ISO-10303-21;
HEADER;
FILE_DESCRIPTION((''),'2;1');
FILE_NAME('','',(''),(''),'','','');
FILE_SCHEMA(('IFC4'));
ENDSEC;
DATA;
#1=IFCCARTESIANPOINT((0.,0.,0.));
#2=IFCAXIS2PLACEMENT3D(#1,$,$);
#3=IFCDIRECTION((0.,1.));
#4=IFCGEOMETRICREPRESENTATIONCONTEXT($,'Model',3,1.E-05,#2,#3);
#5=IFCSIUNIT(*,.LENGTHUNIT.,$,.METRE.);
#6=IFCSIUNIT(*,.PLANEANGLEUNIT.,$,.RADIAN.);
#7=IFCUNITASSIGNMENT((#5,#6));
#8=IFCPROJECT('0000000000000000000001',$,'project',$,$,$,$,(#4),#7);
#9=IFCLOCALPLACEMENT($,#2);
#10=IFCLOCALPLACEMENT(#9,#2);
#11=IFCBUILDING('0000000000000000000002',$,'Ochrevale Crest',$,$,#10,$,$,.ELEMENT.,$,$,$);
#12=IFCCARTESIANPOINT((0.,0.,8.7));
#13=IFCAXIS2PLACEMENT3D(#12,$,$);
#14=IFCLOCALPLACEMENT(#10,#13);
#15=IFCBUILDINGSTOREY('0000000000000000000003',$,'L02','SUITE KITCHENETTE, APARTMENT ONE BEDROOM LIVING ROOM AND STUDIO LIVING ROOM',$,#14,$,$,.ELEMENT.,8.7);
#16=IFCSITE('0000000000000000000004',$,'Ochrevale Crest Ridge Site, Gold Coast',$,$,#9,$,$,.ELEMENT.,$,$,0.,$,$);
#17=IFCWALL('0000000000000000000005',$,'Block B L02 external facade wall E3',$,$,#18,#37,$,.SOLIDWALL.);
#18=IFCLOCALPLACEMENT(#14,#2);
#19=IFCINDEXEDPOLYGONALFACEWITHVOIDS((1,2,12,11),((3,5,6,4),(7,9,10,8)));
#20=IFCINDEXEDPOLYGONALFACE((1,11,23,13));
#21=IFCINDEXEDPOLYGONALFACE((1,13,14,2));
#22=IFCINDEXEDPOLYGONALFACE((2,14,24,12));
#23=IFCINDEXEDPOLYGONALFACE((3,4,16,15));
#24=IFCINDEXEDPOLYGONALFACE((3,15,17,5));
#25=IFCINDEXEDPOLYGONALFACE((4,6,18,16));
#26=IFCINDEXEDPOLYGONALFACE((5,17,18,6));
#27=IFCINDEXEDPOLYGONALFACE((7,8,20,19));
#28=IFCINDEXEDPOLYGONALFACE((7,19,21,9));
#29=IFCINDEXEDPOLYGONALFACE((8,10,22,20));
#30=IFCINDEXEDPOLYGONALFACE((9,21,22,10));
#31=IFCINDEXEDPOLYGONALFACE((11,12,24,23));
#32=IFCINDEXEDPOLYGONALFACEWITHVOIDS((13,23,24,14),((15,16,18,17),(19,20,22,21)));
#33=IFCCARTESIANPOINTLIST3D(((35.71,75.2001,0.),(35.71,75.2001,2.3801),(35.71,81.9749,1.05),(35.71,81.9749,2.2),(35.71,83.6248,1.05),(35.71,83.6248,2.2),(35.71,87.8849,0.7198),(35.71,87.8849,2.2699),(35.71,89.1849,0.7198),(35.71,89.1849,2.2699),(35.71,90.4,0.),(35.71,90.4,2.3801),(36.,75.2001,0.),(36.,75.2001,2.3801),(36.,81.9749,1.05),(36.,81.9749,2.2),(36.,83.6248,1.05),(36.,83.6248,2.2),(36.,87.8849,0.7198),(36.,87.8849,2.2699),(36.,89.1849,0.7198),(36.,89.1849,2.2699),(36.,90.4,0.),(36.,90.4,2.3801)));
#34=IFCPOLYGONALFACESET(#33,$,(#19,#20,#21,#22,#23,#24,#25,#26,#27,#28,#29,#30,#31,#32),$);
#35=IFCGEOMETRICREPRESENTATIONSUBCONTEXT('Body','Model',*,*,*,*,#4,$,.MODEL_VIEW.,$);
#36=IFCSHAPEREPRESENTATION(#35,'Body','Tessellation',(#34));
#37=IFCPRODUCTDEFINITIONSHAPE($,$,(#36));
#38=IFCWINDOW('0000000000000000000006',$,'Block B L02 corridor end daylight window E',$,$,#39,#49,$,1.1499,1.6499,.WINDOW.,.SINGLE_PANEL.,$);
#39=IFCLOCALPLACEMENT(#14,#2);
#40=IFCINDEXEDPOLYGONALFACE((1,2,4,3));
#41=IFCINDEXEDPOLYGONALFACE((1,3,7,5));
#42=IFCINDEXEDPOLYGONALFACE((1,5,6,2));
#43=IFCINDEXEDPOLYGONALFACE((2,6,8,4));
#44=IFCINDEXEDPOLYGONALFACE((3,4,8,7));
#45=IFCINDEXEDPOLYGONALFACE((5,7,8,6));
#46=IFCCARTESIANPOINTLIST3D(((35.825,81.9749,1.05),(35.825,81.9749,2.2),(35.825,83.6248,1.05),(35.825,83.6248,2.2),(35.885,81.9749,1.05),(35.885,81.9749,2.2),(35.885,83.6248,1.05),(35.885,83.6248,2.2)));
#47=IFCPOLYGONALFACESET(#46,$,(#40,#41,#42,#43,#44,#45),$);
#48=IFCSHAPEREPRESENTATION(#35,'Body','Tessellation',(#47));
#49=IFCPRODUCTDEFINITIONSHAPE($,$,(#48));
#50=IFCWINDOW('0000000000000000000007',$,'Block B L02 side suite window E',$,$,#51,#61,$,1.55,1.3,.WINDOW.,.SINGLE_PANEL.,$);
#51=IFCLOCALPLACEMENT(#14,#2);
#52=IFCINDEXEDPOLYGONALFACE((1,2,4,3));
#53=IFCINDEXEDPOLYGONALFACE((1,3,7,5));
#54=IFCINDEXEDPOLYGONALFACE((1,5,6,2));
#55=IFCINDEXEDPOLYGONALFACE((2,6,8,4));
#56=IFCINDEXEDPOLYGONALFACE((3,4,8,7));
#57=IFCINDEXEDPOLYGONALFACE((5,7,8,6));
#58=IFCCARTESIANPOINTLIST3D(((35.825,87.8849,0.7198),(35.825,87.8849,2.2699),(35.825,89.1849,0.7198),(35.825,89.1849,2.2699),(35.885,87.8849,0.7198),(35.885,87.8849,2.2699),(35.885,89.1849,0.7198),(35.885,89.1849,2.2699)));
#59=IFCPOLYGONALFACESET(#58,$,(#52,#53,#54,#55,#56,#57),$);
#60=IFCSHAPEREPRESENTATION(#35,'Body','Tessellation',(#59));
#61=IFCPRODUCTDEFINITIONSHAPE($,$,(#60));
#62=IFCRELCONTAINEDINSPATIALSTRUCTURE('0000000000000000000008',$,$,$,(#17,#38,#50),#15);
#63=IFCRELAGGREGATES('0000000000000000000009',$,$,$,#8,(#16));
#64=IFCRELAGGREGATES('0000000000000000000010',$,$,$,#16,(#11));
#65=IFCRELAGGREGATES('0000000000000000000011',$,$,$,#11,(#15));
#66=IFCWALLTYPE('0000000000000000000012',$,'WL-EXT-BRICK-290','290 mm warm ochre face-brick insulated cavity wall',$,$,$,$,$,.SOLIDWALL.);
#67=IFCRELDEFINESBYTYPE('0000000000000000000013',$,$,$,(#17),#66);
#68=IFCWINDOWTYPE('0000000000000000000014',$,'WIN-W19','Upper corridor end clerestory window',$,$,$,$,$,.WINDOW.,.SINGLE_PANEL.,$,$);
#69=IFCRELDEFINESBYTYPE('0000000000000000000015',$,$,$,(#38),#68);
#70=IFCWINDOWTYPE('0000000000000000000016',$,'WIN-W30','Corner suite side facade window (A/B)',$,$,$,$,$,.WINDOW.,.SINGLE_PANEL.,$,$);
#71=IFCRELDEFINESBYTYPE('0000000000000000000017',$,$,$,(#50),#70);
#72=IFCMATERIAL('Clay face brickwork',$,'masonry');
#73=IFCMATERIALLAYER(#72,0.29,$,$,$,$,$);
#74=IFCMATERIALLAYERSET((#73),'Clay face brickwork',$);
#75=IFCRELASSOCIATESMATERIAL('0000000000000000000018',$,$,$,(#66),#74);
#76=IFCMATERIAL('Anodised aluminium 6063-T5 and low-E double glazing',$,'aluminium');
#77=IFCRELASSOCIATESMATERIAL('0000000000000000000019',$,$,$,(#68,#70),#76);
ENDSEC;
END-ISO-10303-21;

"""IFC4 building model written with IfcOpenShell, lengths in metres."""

from ifc_helpers import new_model, si_unit, direction, frame, frame_2d, origin, place, context, subcontext, project, spatial, rectangle, extrude, material, layer, layer_set, type_object, element, fill, save


model = new_model("IFC4")

# Units and contexts
model_context = context("Model", 3, precision=1e-05, world=origin(), true_north=direction((0.0, 1.0)))
body_context = subcontext(model_context, "Body", "Model", "MODEL_VIEW")
ifc_project = project(units=[si_unit("LENGTHUNIT", "METRE"), si_unit("PLANEANGLEUNIT", "RADIAN")], contexts=[model_context])

# Site, building, storey
site_placement = place(None, origin())
site = spatial("IfcSite", under=ifc_project, at=site_placement, Name="Ochrevale Crest Ridge Site, Gold Coast", CompositionType="ELEMENT", RefElevation=0.0)
building_placement = place(site_placement, origin())
building = spatial("IfcBuilding", under=site, at=building_placement, Name="Ochrevale Crest", CompositionType="ELEMENT")
storey_placement = place(building_placement, frame((0.0, 0.0, 8.7)))
storey = spatial("IfcBuildingStorey", under=building, at=storey_placement, Name="L02", Description="SUITE KITCHENETTE, APARTMENT ONE BEDROOM LIVING ROOM AND STUDIO LIVING ROOM", CompositionType="ELEMENT", Elevation=8.7)

# Wall, openings, windows
ifc_material_1 = material(Name="Clay face brickwork", Category="masonry")
ifc_layer_1 = layer(ifc_material_1, 0.29)
ifc_layer_set_1 = layer_set([ifc_layer_1], Name="Clay face brickwork")
wall_type = type_object("IfcWallType", Name="WL-EXT-BRICK-290", Description="290 mm warm ochre face-brick insulated cavity wall", PredefinedType="SOLIDWALL", material=ifc_layer_set_1)
wall_placement = place(storey_placement, frame((35.855, 75.2, 0.0), z_axis=(0.0, 0.0, 1.0), x_axis=(0.0, 1.0, 0.0)))
wall = element("IfcWall", 1, at=wall_placement, inside=storey, type_object=wall_type, Name="Block B L02 external facade wall E3", PredefinedType="SOLIDWALL", context=body_context, shape_type="SweptSolid", body=[
    extrude(rectangle(XDim=15.2, YDim=0.29, at=frame_2d((7.6001, 0.0))), origin(), (0.0, 0.0, 1.0), 2.3801),
])
opening_1_placement = place(wall_placement, frame((6.7749, 0.0, 1.05)))
opening_1 = element("IfcOpeningElement", 2, at=opening_1_placement, cuts=wall, PredefinedType="OPENING", context=body_context, shape_type="SweptSolid", body=[
    extrude(rectangle(XDim=1.6499, YDim=1.1499, at=frame_2d((0.825, 0.575))), frame((0.0, 0.155, 0.0), z_axis=(0.0, -1.0, 0.0), x_axis=(1.0, 0.0, 0.0)), (0.0, 0.0, 1.0), 0.3101),
])
opening_2_placement = place(wall_placement, frame((12.6851, 0.0, 0.72)))
opening_2 = element("IfcOpeningElement", 3, at=opening_2_placement, cuts=wall, PredefinedType="OPENING", context=body_context, shape_type="SweptSolid", body=[
    extrude(rectangle(XDim=1.3, YDim=1.55, at=frame_2d((0.6499, 0.7749))), frame((0.0, 0.155, 0.0), z_axis=(0.0, -1.0, 0.0), x_axis=(1.0, 0.0, 0.0)), (0.0, 0.0, 1.0), 0.3101),
])
ifc_material_2 = material(Name="Anodised aluminium 6063-T5 and low-E double glazing", Category="aluminium")
window_type_1 = type_object("IfcWindowType", Name="WIN-W19", Description="Upper corridor end clerestory window", PartitioningType="SINGLE_PANEL", PredefinedType="WINDOW", material=ifc_material_2)
window_1_placement = place(opening_1_placement, origin())
window_1 = element("IfcWindow", 4, at=window_1_placement, inside=storey, type_object=window_type_1, Name="Block B L02 corridor end daylight window E", OverallHeight=1.1499, OverallWidth=1.6499, PartitioningType="SINGLE_PANEL", PredefinedType="WINDOW", context=body_context, shape_type="SweptSolid", body=[
    extrude(rectangle(XDim=1.6499, YDim=1.1499, at=frame_2d((0.825, 0.575))), frame((0.0, 0.03, 0.0), z_axis=(0.0, -1.0, 0.0), x_axis=(1.0, 0.0, 0.0)), (0.0, 0.0, 1.0), 0.0601),
])
fill(opening_1, window_1)
window_type_2 = type_object("IfcWindowType", Name="WIN-W30", Description="Corner suite side facade window (A/B)", PartitioningType="SINGLE_PANEL", PredefinedType="WINDOW", material=ifc_material_2)
window_2_placement = place(opening_2_placement, origin())
window_2 = element("IfcWindow", 5, at=window_2_placement, inside=storey, type_object=window_type_2, Name="Block B L02 side suite window E", OverallHeight=1.55, OverallWidth=1.3, PartitioningType="SINGLE_PANEL", PredefinedType="WINDOW", context=body_context, shape_type="SweptSolid", body=[
    extrude(rectangle(XDim=1.3, YDim=1.55, at=frame_2d((0.6499, 0.7749))), frame((0.0, 0.03, 0.0), z_axis=(0.0, -1.0, 0.0), x_axis=(1.0, 0.0, 0.0)), (0.0, 0.0, 1.0), 0.0601),
])
fill(opening_2, window_2)

save(model, "model.ifc")
